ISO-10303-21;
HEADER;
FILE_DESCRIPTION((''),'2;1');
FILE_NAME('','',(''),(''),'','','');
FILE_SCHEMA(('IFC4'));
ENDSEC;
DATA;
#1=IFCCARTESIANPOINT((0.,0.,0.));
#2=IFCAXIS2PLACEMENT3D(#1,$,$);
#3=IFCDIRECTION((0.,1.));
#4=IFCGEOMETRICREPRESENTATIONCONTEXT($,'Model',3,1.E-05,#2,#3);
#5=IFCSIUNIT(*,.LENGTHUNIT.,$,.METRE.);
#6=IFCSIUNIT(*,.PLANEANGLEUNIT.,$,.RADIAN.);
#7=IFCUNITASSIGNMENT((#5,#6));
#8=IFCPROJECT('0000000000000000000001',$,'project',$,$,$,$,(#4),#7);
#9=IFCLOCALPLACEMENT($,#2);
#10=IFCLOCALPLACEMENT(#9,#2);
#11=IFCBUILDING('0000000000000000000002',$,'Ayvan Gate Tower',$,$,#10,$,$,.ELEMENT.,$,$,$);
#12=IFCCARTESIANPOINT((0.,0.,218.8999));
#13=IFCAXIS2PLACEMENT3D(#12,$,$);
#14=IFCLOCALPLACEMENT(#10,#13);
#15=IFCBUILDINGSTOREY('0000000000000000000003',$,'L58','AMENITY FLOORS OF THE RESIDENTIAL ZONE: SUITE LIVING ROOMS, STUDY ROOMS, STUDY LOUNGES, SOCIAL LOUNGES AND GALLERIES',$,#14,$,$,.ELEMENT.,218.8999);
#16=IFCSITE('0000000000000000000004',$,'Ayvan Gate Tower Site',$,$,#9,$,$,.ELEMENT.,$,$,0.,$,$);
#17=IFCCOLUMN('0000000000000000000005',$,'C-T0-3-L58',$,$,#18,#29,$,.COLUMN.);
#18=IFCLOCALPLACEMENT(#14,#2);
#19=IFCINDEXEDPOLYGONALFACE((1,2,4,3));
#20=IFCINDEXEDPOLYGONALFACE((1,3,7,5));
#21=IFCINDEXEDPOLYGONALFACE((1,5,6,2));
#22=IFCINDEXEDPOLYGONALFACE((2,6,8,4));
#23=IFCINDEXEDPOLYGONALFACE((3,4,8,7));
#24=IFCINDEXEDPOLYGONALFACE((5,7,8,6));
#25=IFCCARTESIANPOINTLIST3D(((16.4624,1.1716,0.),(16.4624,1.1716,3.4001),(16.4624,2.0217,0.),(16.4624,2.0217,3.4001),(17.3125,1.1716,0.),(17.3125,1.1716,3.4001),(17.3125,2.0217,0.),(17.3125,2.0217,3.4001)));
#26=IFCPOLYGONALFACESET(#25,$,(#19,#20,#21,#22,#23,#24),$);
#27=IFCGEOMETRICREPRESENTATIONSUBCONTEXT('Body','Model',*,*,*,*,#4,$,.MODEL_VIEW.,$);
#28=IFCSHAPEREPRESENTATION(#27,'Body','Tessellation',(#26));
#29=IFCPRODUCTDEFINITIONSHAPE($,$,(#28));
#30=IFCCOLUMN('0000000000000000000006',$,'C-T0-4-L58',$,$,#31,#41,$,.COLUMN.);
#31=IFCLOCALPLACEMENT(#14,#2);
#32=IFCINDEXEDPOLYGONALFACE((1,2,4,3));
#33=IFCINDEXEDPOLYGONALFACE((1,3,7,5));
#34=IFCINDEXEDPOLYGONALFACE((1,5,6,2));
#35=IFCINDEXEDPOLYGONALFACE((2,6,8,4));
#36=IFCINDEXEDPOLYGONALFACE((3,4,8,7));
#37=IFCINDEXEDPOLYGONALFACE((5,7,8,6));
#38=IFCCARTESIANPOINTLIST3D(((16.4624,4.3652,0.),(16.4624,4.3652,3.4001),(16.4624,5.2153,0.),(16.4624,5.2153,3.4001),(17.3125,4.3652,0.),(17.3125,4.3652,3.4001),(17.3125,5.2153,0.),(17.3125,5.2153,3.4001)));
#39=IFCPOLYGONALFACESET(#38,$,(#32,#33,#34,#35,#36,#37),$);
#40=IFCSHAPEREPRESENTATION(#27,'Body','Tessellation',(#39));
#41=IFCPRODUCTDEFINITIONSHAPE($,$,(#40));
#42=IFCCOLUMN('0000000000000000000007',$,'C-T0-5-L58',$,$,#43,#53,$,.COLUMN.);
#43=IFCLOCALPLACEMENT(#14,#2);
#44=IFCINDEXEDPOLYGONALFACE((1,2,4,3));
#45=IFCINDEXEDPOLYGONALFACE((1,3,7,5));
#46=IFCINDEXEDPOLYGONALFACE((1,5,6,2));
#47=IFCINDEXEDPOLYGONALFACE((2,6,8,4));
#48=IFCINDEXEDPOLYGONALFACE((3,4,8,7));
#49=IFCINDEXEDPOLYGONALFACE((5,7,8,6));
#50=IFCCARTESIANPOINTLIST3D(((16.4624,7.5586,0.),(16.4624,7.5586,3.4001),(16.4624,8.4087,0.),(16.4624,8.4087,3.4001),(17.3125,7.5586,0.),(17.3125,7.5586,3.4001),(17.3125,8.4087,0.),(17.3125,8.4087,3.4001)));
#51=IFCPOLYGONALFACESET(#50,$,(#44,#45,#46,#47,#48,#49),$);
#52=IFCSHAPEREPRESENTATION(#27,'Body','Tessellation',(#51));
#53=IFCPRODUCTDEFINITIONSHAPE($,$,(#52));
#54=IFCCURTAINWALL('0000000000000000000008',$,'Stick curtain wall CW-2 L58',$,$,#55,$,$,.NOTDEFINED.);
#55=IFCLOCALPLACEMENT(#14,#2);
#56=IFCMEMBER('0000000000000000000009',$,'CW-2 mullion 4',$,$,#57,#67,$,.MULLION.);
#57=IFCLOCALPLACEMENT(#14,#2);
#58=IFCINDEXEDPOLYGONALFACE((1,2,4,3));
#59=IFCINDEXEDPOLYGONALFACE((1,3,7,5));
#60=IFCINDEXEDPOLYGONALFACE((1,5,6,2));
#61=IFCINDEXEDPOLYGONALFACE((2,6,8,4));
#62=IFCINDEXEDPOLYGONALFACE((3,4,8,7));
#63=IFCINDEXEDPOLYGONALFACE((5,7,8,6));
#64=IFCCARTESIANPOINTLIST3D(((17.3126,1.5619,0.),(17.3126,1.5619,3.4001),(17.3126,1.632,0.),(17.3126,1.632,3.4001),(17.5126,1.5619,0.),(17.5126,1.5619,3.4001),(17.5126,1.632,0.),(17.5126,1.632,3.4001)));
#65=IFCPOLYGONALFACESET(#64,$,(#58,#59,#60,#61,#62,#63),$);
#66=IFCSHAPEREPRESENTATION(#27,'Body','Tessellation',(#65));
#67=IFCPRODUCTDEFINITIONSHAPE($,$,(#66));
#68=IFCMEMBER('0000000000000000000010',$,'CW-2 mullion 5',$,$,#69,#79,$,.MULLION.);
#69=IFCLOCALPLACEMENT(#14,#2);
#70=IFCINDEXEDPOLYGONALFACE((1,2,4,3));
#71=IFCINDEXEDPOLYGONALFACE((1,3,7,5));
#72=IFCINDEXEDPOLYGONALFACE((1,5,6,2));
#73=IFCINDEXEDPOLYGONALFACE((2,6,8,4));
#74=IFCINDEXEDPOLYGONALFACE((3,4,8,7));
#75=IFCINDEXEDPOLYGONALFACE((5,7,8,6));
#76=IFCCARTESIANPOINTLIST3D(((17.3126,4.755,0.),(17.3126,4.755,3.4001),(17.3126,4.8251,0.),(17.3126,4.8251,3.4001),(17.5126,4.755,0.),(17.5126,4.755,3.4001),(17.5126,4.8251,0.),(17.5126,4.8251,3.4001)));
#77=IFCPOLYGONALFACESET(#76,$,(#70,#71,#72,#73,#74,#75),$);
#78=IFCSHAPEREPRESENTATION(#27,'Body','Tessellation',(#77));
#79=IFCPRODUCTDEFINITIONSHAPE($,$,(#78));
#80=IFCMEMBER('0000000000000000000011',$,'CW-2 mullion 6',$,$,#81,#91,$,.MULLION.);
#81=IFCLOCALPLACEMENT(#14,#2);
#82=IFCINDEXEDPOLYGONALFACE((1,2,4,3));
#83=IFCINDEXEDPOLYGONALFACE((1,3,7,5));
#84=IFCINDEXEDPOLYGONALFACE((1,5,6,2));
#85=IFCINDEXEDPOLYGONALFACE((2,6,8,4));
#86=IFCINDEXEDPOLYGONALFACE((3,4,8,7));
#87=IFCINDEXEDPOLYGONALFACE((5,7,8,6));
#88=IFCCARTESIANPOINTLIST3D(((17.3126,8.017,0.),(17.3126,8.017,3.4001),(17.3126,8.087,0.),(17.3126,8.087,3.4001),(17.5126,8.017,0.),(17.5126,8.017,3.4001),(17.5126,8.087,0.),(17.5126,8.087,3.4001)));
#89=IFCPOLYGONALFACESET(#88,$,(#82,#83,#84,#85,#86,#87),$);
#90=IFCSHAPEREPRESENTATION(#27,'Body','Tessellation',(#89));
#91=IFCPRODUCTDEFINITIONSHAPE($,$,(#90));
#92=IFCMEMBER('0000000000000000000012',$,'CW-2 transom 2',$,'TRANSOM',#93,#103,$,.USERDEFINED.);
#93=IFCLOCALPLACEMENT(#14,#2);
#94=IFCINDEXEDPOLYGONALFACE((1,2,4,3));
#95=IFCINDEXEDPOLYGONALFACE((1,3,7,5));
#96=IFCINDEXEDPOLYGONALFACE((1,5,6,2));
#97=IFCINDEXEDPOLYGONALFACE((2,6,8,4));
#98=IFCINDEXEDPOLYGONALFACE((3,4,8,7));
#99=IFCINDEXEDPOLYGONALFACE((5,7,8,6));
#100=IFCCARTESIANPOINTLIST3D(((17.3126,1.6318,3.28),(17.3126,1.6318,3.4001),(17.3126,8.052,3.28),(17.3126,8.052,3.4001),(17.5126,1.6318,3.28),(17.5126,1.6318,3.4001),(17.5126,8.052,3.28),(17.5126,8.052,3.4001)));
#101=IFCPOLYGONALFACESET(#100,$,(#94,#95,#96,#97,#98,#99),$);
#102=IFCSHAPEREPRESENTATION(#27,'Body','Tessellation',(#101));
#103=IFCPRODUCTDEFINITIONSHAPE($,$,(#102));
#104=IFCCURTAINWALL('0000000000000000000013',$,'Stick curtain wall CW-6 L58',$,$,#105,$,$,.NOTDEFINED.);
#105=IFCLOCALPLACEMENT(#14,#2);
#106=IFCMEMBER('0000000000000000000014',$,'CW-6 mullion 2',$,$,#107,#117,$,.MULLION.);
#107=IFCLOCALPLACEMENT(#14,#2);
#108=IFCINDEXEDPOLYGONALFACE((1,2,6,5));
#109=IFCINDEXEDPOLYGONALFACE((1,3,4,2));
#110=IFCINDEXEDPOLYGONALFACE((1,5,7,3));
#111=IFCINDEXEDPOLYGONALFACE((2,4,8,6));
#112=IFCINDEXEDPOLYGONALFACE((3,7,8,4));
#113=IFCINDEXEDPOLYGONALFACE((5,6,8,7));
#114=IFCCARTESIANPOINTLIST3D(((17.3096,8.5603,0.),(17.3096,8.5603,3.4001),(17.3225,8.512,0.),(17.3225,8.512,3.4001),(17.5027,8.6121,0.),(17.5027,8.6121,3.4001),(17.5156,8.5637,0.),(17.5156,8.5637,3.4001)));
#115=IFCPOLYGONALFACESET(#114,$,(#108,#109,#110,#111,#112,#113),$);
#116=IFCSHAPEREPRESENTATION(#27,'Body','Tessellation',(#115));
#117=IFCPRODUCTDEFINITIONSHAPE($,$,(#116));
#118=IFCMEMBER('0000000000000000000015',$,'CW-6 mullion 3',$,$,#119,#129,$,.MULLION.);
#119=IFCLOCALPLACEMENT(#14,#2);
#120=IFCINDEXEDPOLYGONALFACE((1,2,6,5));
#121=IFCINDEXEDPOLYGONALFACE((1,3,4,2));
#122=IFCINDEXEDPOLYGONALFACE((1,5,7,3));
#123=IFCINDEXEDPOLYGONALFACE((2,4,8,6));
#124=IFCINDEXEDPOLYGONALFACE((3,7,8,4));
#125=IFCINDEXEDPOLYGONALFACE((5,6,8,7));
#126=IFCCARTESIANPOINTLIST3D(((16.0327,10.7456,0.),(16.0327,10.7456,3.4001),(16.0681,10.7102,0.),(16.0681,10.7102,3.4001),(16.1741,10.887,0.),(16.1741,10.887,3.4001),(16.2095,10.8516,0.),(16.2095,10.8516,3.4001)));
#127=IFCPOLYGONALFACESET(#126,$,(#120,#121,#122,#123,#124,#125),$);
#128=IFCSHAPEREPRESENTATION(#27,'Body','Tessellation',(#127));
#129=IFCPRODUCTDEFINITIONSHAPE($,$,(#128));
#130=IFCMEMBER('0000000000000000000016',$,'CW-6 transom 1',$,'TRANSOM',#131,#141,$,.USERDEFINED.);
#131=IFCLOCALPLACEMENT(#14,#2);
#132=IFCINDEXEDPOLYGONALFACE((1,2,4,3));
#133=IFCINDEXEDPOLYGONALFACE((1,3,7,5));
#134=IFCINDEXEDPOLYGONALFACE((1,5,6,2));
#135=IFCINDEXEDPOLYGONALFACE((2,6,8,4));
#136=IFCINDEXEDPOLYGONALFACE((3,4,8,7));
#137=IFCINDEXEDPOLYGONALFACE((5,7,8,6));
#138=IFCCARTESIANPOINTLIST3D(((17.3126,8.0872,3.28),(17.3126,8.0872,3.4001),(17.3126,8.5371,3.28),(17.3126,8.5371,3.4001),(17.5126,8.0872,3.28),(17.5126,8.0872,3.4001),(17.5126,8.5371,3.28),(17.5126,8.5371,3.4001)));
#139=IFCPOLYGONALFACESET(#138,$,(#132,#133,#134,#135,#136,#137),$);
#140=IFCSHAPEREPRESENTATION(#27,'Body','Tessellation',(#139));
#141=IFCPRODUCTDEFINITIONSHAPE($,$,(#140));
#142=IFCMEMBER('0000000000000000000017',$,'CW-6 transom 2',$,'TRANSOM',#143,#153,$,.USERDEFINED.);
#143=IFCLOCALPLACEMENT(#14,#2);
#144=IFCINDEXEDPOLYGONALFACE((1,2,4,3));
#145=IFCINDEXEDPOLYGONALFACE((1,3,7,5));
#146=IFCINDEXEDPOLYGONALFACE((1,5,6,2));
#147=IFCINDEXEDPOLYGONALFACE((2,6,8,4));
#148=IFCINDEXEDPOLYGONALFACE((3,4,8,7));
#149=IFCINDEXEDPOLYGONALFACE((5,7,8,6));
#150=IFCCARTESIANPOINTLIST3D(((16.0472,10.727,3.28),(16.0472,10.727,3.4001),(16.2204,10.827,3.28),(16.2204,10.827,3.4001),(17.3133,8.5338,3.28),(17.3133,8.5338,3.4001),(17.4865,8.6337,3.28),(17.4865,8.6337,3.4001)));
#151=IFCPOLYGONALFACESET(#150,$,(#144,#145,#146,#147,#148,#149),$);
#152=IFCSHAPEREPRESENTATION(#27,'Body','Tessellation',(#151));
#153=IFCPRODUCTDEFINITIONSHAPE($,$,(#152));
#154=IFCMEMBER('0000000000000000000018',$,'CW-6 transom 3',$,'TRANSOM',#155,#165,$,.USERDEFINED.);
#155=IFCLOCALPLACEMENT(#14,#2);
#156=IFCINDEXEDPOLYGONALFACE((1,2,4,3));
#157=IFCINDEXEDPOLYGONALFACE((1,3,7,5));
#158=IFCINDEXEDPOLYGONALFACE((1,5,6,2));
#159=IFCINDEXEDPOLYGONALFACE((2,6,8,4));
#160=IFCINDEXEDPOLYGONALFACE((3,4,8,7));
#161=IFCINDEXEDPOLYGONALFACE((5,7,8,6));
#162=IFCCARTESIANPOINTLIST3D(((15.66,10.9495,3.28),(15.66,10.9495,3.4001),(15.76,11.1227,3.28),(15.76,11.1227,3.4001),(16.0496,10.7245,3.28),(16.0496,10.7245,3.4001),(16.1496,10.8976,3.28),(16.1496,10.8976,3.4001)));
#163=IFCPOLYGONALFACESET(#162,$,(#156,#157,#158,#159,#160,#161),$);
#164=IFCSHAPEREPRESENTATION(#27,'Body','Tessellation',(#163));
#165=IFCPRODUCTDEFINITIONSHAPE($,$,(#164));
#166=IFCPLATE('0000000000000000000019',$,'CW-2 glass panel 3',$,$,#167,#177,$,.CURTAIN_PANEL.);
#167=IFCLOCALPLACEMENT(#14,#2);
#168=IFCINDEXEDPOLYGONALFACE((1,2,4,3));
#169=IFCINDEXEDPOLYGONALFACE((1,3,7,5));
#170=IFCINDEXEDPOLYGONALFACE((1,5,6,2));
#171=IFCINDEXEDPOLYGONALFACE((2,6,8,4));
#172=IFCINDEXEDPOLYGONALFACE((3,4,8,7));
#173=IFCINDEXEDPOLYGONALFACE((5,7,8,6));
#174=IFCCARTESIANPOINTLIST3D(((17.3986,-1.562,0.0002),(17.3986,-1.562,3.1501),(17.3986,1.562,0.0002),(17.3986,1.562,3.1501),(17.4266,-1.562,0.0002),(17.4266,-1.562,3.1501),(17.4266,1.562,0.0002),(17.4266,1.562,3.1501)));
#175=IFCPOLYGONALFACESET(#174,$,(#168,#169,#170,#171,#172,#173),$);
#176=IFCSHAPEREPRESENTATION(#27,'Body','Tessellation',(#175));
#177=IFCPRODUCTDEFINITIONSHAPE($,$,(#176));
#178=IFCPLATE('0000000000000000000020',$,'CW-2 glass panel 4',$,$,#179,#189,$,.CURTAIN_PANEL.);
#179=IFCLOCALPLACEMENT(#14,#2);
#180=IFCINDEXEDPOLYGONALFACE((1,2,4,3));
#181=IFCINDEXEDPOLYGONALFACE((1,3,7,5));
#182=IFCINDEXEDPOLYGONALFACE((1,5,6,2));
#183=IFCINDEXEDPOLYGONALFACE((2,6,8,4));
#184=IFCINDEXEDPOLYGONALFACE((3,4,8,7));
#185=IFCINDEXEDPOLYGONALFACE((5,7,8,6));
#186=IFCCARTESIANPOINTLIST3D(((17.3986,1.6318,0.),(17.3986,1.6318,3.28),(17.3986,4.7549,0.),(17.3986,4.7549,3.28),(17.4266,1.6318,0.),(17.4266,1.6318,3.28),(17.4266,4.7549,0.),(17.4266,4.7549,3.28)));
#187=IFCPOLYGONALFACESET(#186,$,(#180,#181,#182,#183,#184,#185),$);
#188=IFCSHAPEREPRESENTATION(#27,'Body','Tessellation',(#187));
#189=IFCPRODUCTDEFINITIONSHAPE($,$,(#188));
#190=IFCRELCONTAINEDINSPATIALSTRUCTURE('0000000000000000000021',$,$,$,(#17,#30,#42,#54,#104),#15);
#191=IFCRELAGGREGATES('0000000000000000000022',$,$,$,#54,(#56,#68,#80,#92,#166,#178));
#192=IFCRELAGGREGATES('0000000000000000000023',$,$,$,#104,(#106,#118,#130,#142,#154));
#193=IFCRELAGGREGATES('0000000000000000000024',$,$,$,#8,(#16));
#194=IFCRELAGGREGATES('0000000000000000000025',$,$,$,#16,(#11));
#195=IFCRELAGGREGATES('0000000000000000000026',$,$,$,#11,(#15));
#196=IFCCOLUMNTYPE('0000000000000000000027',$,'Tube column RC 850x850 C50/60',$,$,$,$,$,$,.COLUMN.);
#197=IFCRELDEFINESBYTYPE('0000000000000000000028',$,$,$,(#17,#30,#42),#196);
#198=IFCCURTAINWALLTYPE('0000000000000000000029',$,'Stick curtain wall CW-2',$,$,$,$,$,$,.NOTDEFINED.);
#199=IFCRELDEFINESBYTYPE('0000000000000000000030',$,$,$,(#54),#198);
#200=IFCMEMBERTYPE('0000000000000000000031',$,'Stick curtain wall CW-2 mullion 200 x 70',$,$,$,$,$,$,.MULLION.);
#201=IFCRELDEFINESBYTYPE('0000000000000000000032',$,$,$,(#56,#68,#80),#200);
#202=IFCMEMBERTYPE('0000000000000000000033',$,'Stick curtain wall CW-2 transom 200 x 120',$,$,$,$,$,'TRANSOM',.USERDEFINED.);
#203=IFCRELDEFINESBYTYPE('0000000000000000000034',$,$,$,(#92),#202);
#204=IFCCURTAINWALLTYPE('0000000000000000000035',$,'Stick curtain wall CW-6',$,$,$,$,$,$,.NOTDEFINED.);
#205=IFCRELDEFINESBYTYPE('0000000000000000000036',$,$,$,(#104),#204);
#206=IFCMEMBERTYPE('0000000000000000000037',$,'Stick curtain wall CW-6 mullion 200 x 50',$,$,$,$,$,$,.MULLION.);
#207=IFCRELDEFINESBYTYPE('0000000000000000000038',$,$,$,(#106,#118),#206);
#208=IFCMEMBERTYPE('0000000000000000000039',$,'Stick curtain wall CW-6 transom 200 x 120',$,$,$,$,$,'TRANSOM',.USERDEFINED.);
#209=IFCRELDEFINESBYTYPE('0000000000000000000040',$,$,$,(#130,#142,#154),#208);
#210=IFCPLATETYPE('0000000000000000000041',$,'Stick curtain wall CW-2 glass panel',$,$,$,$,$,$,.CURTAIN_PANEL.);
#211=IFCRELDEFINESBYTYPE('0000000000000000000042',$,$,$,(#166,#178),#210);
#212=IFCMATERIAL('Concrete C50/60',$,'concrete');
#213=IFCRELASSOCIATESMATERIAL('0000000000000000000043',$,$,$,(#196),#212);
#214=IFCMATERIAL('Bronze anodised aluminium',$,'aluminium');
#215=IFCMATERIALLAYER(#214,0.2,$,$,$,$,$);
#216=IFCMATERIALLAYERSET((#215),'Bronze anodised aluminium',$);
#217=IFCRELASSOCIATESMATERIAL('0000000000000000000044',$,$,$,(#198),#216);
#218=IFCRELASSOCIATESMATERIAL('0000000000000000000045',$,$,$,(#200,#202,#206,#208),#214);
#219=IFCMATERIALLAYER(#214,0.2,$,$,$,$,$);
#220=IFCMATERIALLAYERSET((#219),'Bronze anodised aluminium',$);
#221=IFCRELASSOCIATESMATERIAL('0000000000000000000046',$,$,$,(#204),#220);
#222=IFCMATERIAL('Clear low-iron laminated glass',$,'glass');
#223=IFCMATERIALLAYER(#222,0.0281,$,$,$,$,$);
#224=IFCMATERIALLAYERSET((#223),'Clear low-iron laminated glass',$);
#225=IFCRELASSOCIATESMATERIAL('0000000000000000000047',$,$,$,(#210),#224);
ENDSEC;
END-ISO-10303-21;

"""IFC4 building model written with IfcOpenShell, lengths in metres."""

from ifc_helpers import new_model, si_unit, direction, frame, origin, origin_2d, place, context, subcontext, project, spatial, rectangle, extrude, material, layer, layer_set, material_profile, profile_set, type_object, element, aggregate, save


model = new_model("IFC4")

# Units and contexts
model_context = context("Model", 3, precision=1e-05, world=origin(), true_north=direction((0.0, 1.0)))
body_context = subcontext(model_context, "Body", "Model", "MODEL_VIEW")
ifc_project = project(units=[si_unit("LENGTHUNIT", "METRE"), si_unit("PLANEANGLEUNIT", "RADIAN")], contexts=[model_context])

# Site, building, storey
site_placement = place(None, origin())
site = spatial("IfcSite", under=ifc_project, at=site_placement, Name="Ayvan Gate Tower Site", CompositionType="ELEMENT", RefElevation=0.0)
building_placement = place(site_placement, origin())
building = spatial("IfcBuilding", under=site, at=building_placement, Name="Ayvan Gate Tower", CompositionType="ELEMENT")
storey_placement = place(building_placement, frame((0.0, 0.0, 218.8999)))
storey = spatial("IfcBuildingStorey", under=building, at=storey_placement, Name="L58", Description="AMENITY FLOORS OF THE RESIDENTIAL ZONE: SUITE LIVING ROOMS, STUDY ROOMS, STUDY LOUNGES, SOCIAL LOUNGES AND GALLERIES", CompositionType="ELEMENT", Elevation=218.8999)

# Columns
ifc_material_1 = material(Name="Concrete C50/60", Category="concrete")
ifc_material_profile_1 = material_profile(ifc_material_1, rectangle(XDim=0.8501, YDim=0.8501, at=origin_2d()), Name="RC 850x850")
ifc_profile_set_1 = profile_set([ifc_material_profile_1], Name="Concrete C50/60")
column_type = type_object("IfcColumnType", Name="Tube column RC 850x850 C50/60", PredefinedType="COLUMN", material=ifc_profile_set_1)
for number, where, z_axis, x_axis, name in (
    (1, (16.8875, 1.5967, 0.0), (0.0, 0.0, 1.0), (1.0, 0.0, 0.0), "C-T0-3-L58"),
    (2, (16.8875, 4.7903, 0.0), (0.0, 0.0, 1.0), (1.0, 0.0, 0.0), "C-T0-4-L58"),
    (3, (16.8875, 7.9836, 0.0), (0.0, 0.0, 1.0), (1.0, 0.0, 0.0), "C-T0-5-L58"),
):
    element("IfcColumn", number, at=place(storey_placement, frame(where, z_axis=z_axis, x_axis=x_axis)), inside=storey, type_object=column_type, Name=name, PredefinedType="COLUMN", context=body_context, shape_type="SweptSolid", body=[
        extrude(rectangle(XDim=0.8501, YDim=0.8501, at=origin_2d()), origin(), (0.0, 0.0, 1.0), 3.4001),
    ])

# Curtain walls, members
ifc_material_2 = material(Name="Bronze anodised aluminium", Category="aluminium")
ifc_layer_1 = layer(ifc_material_2, 0.2)
ifc_layer_set_1 = layer_set([ifc_layer_1], Name="Bronze anodised aluminium")
curtain_wall_type_1 = type_object("IfcCurtainWallType", Name="Stick curtain wall CW-2", PredefinedType="NOTDEFINED", material=ifc_layer_set_1)
curtain_wall_1_placement = place(storey_placement, origin())
curtain_wall_1 = element("IfcCurtainWall", 4, at=curtain_wall_1_placement, inside=storey, type_object=curtain_wall_type_1, Name="Stick curtain wall CW-2 L58", PredefinedType="NOTDEFINED")
ifc_material_profile_2 = material_profile(ifc_material_2, rectangle(XDim=0.2, YDim=0.0701, at=origin_2d()), Name="Stick curtain wall CW-2 mullion 200 x 70")
ifc_profile_set_2 = profile_set([ifc_material_profile_2], Name="Bronze anodised aluminium")
member_type_1 = type_object("IfcMemberType", Name="Stick curtain wall CW-2 mullion 200 x 70", PredefinedType="MULLION", material=ifc_profile_set_2)
member_1_placement = place(storey_placement, frame((17.4126, 1.5969, 0.0), z_axis=(0.0, 0.0, 1.0), x_axis=(1.0, 0.0, 0.0)))
member_1 = element("IfcMember", 5, at=member_1_placement, type_object=member_type_1, Name="CW-2 mullion 4", PredefinedType="MULLION", context=body_context, shape_type="SweptSolid", body=[
    extrude(rectangle(XDim=0.2, YDim=0.0701, at=origin_2d()), origin(), (0.0, 0.0, 1.0), 3.4001),
])
member_2_placement = place(storey_placement, frame((17.4126, 4.79, 0.0), z_axis=(0.0, 0.0, 1.0), x_axis=(1.0, 0.0, 0.0)))
member_2 = element("IfcMember", 6, at=member_2_placement, type_object=member_type_1, Name="CW-2 mullion 5", PredefinedType="MULLION", context=body_context, shape_type="SweptSolid", body=[
    extrude(rectangle(XDim=0.2, YDim=0.0701, at=origin_2d()), origin(), (0.0, 0.0, 1.0), 3.4001),
])
member_3_placement = place(storey_placement, frame((17.4126, 8.052, 0.0), z_axis=(0.0, 0.0, 1.0), x_axis=(1.0, 0.0, 0.0)))
member_3 = element("IfcMember", 7, at=member_3_placement, type_object=member_type_1, Name="CW-2 mullion 6", PredefinedType="MULLION", context=body_context, shape_type="SweptSolid", body=[
    extrude(rectangle(XDim=0.2, YDim=0.0701, at=origin_2d()), origin(), (0.0, 0.0, 1.0), 3.4001),
])
ifc_material_profile_3 = material_profile(ifc_material_2, rectangle(XDim=0.2, YDim=0.1201, at=origin_2d()), Name="Stick curtain wall CW-2 transom 200 x 120")
ifc_profile_set_3 = profile_set([ifc_material_profile_3], Name="Bronze anodised aluminium")
member_type_2 = type_object("IfcMemberType", Name="Stick curtain wall CW-2 transom 200 x 120", ElementType="TRANSOM", PredefinedType="USERDEFINED", material=ifc_profile_set_3)
member_4_placement = place(storey_placement, frame((17.4126, 1.6318, 3.3401), z_axis=(0.0, 1.0, 0.0), x_axis=(-1.0, 0.0, 0.0)))
member_4 = element("IfcMember", 8, at=member_4_placement, type_object=member_type_2, Name="CW-2 transom 2", ObjectType="TRANSOM", PredefinedType="USERDEFINED", context=body_context, shape_type="SweptSolid", body=[
    extrude(rectangle(XDim=0.2, YDim=0.1201, at=origin_2d()), origin(), (0.0, 0.0, 1.0), 6.4202),
])
ifc_layer_2 = layer(ifc_material_2, 0.2)
ifc_layer_set_2 = layer_set([ifc_layer_2], Name="Bronze anodised aluminium")
curtain_wall_type_2 = type_object("IfcCurtainWallType", Name="Stick curtain wall CW-6", PredefinedType="NOTDEFINED", material=ifc_layer_set_2)
curtain_wall_2_placement = place(storey_placement, origin())
curtain_wall_2 = element("IfcCurtainWall", 9, at=curtain_wall_2_placement, inside=storey, type_object=curtain_wall_type_2, Name="Stick curtain wall CW-6 L58", PredefinedType="NOTDEFINED")
ifc_material_profile_4 = material_profile(ifc_material_2, rectangle(XDim=0.2, YDim=0.05, at=origin_2d()), Name="Stick curtain wall CW-6 mullion 200 x 50")
ifc_profile_set_4 = profile_set([ifc_material_profile_4], Name="Bronze anodised aluminium")
member_type_3 = type_object("IfcMemberType", Name="Stick curtain wall CW-6 mullion 200 x 50", PredefinedType="MULLION", material=ifc_profile_set_4)
member_5_placement = place(storey_placement, frame((17.4126, 8.562, 0.0), z_axis=(0.0, 0.0, 1.0), x_axis=(0.965926, 0.258819, 0.0)))
member_5 = element("IfcMember", 10, at=member_5_placement, type_object=member_type_3, Name="CW-6 mullion 2", PredefinedType="MULLION", context=body_context, shape_type="SweptSolid", body=[
    extrude(rectangle(XDim=0.2, YDim=0.05, at=origin_2d()), origin(), (0.0, 0.0, 1.0), 3.4001),
])
member_6_placement = place(storey_placement, frame((16.1211, 10.7986, 0.0), z_axis=(0.0, 0.0, 1.0), x_axis=(0.707107, 0.707107, 0.0)))
member_6 = element("IfcMember", 11, at=member_6_placement, type_object=member_type_3, Name="CW-6 mullion 3", PredefinedType="MULLION", context=body_context, shape_type="SweptSolid", body=[
    extrude(rectangle(XDim=0.2, YDim=0.05, at=origin_2d()), origin(), (0.0, 0.0, 1.0), 3.4001),
])
ifc_material_profile_5 = material_profile(ifc_material_2, rectangle(XDim=0.2, YDim=0.1201, at=origin_2d()), Name="Stick curtain wall CW-6 transom 200 x 120")
ifc_profile_set_5 = profile_set([ifc_material_profile_5], Name="Bronze anodised aluminium")
member_type_4 = type_object("IfcMemberType", Name="Stick curtain wall CW-6 transom 200 x 120", ElementType="TRANSOM", PredefinedType="USERDEFINED", material=ifc_profile_set_5)
member_7_placement = place(storey_placement, frame((17.4126, 8.0872, 3.3401), z_axis=(0.0, 1.0, 0.0), x_axis=(-1.0, 0.0, 0.0)))
member_7 = element("IfcMember", 12, at=member_7_placement, type_object=member_type_4, Name="CW-6 transom 1", ObjectType="TRANSOM", PredefinedType="USERDEFINED", context=body_context, shape_type="SweptSolid", body=[
    extrude(rectangle(XDim=0.2, YDim=0.1201, at=origin_2d()), origin(), (0.0, 0.0, 1.0), 0.45),
])
member_8_placement = place(storey_placement, frame((17.3999, 8.5837, 3.3401), z_axis=(-0.499934, 0.866064, 0.0), x_axis=(-0.866064, -0.499934, 0.0)))
member_8 = element("IfcMember", 13, at=member_8_placement, type_object=member_type_4, Name="CW-6 transom 2", ObjectType="TRANSOM", PredefinedType="USERDEFINED", context=body_context, shape_type="SweptSolid", body=[
    extrude(rectangle(XDim=0.2, YDim=0.1201, at=origin_2d()), origin(), (0.0, 0.0, 1.0), 2.5325),
])
member_9_placement = place(storey_placement, frame((16.0996, 10.811, 3.3401), z_axis=(-0.865896, 0.500223, 0.0), x_axis=(-0.500223, -0.865896, 0.0)))
member_9 = element("IfcMember", 14, at=member_9_placement, type_object=member_type_4, Name="CW-6 transom 3", ObjectType="TRANSOM", PredefinedType="USERDEFINED", context=body_context, shape_type="SweptSolid", body=[
    extrude(rectangle(XDim=0.2, YDim=0.1201, at=origin_2d()), origin(), (0.0, 0.0, 1.0), 0.45),
])

# Plates
ifc_material_3 = material(Name="Clear low-iron laminated glass", Category="glass")
ifc_layer_3 = layer(ifc_material_3, 0.0281)
ifc_layer_set_3 = layer_set([ifc_layer_3], Name="Clear low-iron laminated glass")
plate_type_1 = type_object("IfcPlateType", Name="Stick curtain wall CW-2 glass panel", PredefinedType="CURTAIN_PANEL", material=ifc_layer_set_3)
plate_1_placement = place(storey_placement, frame((17.4126, 0.0, 0.0002), z_axis=(0.0, 0.0, 1.0), x_axis=(0.0, 1.0, 0.0)))
plate_1 = element("IfcPlate", 15, at=plate_1_placement, type_object=plate_type_1, Name="CW-2 glass panel 3", PredefinedType="CURTAIN_PANEL", context=body_context, shape_type="SweptSolid", body=[
    extrude(rectangle(XDim=3.124, YDim=0.0281, at=origin_2d()), origin(), (0.0, 0.0, 1.0), 3.1499),
])
plate_2_placement = place(storey_placement, frame((17.4126, 3.1934, 0.0), z_axis=(0.0, 0.0, 1.0), x_axis=(0.0, 1.0, 0.0)))
plate_2 = element("IfcPlate", 16, at=plate_2_placement, type_object=plate_type_1, Name="CW-2 glass panel 4", PredefinedType="CURTAIN_PANEL", context=body_context, shape_type="SweptSolid", body=[
    extrude(rectangle(XDim=3.123, YDim=0.0281, at=origin_2d()), origin(), (0.0, 0.0, 1.0), 3.28),
])
aggregate(curtain_wall_1, [member_1, member_2, member_3, member_4, plate_1, plate_2])
aggregate(curtain_wall_2, [member_5, member_6, member_7, member_8, member_9])

save(model, "model.ifc")
